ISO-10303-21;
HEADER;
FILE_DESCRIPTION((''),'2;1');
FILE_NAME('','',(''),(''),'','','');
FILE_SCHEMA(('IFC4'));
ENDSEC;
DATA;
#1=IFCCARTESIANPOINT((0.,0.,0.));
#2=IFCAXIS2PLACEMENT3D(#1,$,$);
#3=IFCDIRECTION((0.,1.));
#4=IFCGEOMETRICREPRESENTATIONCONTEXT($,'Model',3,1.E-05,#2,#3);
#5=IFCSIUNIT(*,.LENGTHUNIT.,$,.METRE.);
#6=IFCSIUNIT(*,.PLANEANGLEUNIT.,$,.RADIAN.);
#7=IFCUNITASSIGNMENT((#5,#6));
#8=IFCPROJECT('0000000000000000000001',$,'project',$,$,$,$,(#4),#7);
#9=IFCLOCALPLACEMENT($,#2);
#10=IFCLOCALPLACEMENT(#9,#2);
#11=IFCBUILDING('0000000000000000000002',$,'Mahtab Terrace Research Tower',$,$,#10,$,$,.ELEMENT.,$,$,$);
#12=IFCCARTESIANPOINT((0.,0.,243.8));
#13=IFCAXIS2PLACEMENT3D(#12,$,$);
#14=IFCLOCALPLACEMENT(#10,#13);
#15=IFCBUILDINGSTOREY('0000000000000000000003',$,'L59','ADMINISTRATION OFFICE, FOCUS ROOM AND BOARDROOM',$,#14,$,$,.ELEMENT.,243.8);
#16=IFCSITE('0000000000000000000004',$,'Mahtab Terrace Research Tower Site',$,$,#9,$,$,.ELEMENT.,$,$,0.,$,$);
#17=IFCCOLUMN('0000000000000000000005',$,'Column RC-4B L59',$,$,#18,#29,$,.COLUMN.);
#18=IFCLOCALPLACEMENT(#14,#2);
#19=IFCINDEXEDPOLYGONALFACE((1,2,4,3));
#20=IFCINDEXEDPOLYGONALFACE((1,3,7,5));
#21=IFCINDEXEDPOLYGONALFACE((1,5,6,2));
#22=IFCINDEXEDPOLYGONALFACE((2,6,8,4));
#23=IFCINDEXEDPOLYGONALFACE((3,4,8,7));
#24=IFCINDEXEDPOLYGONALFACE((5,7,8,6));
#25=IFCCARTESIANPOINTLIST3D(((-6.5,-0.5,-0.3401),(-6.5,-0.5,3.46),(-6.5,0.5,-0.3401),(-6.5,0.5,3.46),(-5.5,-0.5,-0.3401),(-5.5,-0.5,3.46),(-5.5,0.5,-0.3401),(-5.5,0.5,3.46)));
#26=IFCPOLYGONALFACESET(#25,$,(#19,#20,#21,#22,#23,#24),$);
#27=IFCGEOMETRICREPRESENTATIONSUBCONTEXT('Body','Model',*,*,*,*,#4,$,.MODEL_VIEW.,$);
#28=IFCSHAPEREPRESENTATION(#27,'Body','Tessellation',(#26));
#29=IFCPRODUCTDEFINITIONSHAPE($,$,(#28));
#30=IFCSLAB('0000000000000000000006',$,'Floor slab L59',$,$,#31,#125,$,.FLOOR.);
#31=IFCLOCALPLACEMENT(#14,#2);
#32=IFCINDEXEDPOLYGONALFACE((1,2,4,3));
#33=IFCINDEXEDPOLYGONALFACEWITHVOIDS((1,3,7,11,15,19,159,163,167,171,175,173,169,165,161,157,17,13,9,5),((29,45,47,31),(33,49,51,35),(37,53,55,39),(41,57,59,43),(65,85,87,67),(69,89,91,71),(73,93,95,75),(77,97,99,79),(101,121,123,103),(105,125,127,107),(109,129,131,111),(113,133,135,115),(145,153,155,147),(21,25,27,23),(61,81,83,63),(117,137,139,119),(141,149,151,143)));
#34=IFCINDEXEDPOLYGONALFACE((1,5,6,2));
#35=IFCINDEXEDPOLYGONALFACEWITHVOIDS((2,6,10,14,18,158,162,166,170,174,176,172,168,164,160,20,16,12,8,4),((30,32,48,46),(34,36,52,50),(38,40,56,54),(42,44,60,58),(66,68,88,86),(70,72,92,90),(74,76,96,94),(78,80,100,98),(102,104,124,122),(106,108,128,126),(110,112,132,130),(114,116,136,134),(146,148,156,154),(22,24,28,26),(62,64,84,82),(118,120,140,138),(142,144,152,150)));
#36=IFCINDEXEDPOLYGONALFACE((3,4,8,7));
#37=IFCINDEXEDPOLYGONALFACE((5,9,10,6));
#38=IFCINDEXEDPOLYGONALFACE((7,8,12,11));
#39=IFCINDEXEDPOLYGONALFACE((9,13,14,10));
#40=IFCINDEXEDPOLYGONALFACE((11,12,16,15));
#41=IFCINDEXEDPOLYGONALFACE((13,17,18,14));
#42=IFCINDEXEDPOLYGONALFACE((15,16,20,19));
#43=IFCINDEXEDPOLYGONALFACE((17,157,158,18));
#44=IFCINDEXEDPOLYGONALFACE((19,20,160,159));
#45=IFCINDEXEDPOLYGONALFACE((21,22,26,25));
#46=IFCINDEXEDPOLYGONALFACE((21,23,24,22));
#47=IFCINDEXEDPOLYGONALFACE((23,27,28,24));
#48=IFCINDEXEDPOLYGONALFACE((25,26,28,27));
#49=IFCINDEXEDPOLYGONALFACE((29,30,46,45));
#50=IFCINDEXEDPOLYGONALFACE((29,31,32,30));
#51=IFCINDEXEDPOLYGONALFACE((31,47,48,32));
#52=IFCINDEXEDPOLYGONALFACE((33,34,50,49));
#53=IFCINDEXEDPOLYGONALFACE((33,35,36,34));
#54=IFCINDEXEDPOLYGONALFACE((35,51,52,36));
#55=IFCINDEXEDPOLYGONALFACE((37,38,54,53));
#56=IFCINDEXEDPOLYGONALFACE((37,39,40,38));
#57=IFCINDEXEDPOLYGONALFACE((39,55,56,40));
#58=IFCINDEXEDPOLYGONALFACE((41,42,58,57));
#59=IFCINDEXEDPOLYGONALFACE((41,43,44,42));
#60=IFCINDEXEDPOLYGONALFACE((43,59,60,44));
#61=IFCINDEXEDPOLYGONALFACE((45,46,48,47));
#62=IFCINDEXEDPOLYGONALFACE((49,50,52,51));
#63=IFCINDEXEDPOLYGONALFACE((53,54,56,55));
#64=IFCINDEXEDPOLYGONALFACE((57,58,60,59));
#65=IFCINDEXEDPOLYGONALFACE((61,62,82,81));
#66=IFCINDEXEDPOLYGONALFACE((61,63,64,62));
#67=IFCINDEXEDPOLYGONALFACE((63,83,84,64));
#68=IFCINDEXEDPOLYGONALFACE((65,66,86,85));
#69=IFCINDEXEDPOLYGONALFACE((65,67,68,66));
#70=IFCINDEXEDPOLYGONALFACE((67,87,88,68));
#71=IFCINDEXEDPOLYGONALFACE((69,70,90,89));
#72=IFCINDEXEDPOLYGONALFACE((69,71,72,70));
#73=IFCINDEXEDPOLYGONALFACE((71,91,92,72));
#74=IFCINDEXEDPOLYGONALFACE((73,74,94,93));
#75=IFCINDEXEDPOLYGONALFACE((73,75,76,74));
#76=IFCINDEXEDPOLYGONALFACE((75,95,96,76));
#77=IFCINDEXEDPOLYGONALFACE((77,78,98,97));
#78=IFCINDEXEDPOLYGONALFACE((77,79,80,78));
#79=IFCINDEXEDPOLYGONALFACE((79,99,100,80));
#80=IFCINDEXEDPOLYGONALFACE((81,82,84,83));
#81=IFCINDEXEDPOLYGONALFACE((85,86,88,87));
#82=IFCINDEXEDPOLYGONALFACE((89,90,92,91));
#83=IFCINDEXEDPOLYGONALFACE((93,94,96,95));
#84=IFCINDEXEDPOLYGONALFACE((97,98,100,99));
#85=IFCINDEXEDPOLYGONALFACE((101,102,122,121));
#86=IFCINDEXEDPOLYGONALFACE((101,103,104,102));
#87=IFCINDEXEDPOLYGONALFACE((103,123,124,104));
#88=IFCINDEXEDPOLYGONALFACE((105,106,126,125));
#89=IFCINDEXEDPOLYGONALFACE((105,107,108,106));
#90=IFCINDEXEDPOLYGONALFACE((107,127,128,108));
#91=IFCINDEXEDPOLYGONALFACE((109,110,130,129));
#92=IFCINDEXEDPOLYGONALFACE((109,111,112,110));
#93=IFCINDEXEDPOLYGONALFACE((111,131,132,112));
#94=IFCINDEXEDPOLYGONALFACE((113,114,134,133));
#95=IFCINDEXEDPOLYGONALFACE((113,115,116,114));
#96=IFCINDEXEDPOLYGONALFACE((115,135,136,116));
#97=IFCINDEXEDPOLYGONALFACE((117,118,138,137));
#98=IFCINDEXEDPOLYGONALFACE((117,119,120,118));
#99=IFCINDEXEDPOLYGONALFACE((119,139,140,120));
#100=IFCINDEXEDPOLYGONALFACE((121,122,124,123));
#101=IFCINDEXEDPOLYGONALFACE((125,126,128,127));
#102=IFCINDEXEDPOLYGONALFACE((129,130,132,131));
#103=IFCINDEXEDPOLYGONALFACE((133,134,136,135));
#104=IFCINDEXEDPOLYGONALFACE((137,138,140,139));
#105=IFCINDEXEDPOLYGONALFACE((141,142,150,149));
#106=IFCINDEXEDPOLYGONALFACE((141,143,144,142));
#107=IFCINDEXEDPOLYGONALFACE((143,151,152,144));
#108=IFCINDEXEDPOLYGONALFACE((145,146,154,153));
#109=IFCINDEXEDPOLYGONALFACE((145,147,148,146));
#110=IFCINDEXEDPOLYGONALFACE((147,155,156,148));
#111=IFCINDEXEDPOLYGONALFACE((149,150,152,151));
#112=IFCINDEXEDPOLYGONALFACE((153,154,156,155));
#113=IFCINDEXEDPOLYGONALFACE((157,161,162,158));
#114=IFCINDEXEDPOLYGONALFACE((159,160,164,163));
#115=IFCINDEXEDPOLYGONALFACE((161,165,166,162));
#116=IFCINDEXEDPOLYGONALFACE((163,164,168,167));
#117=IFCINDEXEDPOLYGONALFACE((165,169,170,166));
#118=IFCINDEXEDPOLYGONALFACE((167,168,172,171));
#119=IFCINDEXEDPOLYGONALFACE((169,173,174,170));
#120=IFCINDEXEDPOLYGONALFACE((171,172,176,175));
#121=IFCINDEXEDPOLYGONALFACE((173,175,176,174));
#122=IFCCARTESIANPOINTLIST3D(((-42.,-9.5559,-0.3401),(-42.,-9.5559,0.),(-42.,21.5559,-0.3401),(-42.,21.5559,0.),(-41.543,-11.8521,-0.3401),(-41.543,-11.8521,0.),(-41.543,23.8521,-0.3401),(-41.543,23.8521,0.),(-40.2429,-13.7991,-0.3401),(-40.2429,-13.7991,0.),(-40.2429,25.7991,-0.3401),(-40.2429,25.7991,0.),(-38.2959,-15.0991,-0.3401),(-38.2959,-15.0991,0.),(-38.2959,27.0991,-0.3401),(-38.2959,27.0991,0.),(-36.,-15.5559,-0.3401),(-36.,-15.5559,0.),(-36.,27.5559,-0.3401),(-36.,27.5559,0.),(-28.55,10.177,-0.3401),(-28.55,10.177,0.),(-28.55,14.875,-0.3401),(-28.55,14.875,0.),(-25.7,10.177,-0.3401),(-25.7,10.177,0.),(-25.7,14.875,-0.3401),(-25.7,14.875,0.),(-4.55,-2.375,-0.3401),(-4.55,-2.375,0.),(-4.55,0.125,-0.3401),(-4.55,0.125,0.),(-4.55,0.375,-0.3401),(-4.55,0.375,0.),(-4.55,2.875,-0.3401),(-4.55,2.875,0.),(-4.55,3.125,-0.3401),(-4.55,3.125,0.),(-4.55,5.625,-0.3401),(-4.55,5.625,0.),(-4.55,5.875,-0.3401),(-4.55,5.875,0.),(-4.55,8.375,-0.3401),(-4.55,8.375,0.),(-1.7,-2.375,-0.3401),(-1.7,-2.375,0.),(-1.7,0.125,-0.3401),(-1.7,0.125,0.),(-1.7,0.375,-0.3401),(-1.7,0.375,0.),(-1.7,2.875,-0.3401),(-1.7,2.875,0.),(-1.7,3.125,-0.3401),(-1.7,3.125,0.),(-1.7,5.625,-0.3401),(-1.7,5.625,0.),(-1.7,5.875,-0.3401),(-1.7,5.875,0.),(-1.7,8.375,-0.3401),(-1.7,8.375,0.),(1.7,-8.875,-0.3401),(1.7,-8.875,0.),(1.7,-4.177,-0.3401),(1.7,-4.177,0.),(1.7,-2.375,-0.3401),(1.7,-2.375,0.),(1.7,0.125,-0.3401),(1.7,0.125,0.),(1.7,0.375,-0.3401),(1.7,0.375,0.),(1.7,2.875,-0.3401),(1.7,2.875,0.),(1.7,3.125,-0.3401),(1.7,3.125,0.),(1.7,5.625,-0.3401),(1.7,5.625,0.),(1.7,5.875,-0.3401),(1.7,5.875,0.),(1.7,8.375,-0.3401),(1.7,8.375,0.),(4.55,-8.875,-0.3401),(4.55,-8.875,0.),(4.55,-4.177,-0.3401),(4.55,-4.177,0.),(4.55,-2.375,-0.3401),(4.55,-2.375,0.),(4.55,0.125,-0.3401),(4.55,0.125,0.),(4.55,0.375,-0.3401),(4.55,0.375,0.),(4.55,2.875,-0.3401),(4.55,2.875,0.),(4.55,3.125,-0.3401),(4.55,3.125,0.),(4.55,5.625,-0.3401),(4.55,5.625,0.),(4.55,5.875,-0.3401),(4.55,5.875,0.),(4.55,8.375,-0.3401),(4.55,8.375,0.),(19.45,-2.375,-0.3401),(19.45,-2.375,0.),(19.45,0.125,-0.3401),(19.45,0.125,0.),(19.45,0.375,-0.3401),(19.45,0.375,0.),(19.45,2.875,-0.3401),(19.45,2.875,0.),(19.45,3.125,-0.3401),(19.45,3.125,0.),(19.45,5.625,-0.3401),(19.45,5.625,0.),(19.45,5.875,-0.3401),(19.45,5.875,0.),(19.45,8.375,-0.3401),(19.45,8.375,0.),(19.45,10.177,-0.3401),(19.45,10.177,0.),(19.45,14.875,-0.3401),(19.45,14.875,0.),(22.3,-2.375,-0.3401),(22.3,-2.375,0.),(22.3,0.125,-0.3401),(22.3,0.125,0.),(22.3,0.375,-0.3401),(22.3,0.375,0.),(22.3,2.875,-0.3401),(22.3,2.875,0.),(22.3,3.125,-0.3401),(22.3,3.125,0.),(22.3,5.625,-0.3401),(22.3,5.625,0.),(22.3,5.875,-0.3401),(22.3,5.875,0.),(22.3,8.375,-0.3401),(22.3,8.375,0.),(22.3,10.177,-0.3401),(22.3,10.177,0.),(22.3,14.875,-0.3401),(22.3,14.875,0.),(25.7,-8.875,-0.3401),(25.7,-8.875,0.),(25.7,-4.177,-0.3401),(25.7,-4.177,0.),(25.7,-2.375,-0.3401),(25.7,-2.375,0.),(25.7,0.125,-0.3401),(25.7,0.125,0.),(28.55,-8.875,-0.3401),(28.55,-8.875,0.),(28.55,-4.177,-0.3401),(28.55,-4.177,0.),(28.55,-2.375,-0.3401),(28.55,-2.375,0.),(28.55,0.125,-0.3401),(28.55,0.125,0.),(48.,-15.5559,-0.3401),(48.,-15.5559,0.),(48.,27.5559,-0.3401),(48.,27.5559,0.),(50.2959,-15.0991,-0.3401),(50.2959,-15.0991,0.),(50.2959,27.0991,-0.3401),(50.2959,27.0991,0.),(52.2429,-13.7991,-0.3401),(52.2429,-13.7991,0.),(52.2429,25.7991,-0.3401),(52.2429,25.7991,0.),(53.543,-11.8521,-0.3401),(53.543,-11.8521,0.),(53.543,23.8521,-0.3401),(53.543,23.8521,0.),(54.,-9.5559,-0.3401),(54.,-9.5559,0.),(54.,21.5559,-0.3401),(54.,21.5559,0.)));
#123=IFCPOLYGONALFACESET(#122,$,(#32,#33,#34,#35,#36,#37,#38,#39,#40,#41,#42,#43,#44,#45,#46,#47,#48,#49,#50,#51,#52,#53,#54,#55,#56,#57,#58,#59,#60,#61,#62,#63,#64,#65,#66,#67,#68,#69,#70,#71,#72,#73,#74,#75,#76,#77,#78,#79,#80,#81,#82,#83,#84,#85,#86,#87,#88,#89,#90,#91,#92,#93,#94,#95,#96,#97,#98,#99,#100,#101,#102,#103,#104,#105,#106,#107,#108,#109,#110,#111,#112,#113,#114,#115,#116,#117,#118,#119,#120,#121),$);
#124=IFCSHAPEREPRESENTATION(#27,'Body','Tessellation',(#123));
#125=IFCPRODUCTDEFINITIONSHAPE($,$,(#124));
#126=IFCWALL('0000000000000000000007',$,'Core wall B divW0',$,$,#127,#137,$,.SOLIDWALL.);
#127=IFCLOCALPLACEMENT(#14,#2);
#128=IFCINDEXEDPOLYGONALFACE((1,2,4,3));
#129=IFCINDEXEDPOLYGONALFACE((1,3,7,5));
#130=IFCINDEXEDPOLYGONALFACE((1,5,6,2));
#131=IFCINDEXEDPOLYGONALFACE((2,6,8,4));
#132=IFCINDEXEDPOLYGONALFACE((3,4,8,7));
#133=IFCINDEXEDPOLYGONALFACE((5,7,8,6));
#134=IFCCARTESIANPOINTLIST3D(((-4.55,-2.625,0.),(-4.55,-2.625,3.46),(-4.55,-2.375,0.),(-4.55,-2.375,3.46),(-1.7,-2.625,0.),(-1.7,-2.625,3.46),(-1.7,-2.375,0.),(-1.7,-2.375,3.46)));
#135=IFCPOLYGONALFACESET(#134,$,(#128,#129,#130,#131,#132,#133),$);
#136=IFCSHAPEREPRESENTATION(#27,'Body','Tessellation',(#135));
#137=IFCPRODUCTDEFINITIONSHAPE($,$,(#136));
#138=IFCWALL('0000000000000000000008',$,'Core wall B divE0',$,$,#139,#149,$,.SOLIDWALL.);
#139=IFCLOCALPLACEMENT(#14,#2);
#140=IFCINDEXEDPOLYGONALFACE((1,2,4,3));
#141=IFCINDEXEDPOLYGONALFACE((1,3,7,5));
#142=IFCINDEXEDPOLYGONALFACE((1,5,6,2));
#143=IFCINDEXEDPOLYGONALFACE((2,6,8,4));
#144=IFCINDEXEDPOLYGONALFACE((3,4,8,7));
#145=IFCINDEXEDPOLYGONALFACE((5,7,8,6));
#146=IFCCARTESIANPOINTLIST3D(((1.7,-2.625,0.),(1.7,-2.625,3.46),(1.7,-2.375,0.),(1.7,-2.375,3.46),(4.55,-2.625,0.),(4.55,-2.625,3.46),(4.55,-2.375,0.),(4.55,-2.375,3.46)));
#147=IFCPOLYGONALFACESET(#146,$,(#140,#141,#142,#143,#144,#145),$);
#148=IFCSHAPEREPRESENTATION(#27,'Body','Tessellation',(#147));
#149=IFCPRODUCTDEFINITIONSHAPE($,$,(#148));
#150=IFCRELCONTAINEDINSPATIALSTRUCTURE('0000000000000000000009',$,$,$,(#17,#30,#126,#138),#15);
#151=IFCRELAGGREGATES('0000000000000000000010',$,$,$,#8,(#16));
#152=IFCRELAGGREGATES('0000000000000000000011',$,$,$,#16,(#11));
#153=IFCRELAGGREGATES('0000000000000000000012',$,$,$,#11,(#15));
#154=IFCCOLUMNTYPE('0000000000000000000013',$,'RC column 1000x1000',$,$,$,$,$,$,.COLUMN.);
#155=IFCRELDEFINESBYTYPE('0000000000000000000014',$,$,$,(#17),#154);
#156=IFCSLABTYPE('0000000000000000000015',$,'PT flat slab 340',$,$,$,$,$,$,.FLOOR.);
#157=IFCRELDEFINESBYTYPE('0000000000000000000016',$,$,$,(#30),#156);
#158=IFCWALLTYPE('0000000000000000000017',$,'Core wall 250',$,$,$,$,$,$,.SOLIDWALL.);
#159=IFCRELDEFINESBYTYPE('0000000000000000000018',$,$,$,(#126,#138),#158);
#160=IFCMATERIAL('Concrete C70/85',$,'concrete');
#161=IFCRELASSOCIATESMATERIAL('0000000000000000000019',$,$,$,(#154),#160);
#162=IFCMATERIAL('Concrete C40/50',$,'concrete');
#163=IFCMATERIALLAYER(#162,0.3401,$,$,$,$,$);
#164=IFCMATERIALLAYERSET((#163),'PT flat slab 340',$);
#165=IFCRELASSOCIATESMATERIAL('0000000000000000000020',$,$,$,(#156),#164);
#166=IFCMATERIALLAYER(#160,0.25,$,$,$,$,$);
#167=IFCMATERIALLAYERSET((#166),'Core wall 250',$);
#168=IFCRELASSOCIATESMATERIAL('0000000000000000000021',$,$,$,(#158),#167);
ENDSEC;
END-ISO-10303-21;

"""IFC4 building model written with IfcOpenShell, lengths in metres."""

from ifc_helpers import new_model, si_unit, direction, frame, frame_2d, origin, origin_2d, place, context, subcontext, project, spatial, polyline, rectangle, outline, extrude, material, layer, layer_set, material_profile, profile_set, type_object, element, save


model = new_model("IFC4")

# Units and contexts
model_context = context("Model", 3, precision=1e-05, world=origin(), true_north=direction((0.0, 1.0)))
body_context = subcontext(model_context, "Body", "Model", "MODEL_VIEW")
ifc_project = project(units=[si_unit("LENGTHUNIT", "METRE"), si_unit("PLANEANGLEUNIT", "RADIAN")], contexts=[model_context])

# Site, building, storey
site_placement = place(None, origin())
site = spatial("IfcSite", under=ifc_project, at=site_placement, Name="Mahtab Terrace Research Tower Site", CompositionType="ELEMENT", RefElevation=0.0)
building_placement = place(site_placement, origin())
building = spatial("IfcBuilding", under=site, at=building_placement, Name="Mahtab Terrace Research Tower", CompositionType="ELEMENT")
storey_placement = place(building_placement, frame((0.0, 0.0, 243.8)))
storey = spatial("IfcBuildingStorey", under=building, at=storey_placement, Name="L59", Description="ADMINISTRATION OFFICE, FOCUS ROOM AND BOARDROOM", CompositionType="ELEMENT", Elevation=243.8)

# Column
ifc_material_1 = material(Name="Concrete C70/85", Category="concrete")
ifc_material_profile = material_profile(ifc_material_1, rectangle(XDim=1.0, YDim=1.0, at=origin_2d()), Name="RC column 1000x1000")
ifc_profile_set = profile_set([ifc_material_profile], Name="Concrete C70/85")
column_type = type_object("IfcColumnType", Name="RC column 1000x1000", PredefinedType="COLUMN", material=ifc_profile_set)
column_placement = place(storey_placement, frame((-6.0, 0.0, -0.3401), z_axis=(0.0, 0.0, 1.0), x_axis=(1.0, 0.0, 0.0)))
element("IfcColumn", 1, at=column_placement, inside=storey, type_object=column_type, Name="Column RC-4B L59", PredefinedType="COLUMN", context=body_context, shape_type="SweptSolid", body=[
    extrude(rectangle(XDim=1.0, YDim=1.0, at=origin_2d()), origin(), (0.0, 0.0, 1.0), 3.8),
])

# Slab
ifc_material_2 = material(Name="Concrete C40/50", Category="concrete")
ifc_layer_1 = layer(ifc_material_2, 0.3401)
ifc_layer_set_1 = layer_set([ifc_layer_1], Name="PT flat slab 340")
slab_type = type_object("IfcSlabType", Name="PT flat slab 340", PredefinedType="FLOOR", material=ifc_layer_set_1)
slab_placement = place(storey_placement, frame((0.0, 0.0, -0.3401)))
element("IfcSlab", 2, at=slab_placement, inside=storey, type_object=slab_type, Name="Floor slab L59", PredefinedType="FLOOR", context=body_context, shape_type="SweptSolid", body=[
    extrude(outline(polyline([(53.543, 23.8521), (52.2429, 25.7991), (50.2959, 27.0991), (48.0, 27.5559), (-36.0, 27.5559), (-38.2959, 27.0991), (-40.2429, 25.7991), (-41.543, 23.8521), (-42.0, 21.5559), (-42.0, -9.5559), (-41.543, -11.8521), (-40.2429, -13.7991), (-38.2959, -15.0991), (-36.0, -15.5559), (48.0, -15.5559), (50.2959, -15.0991), (52.2429, -13.7991), (53.543, -11.8521), (54.0, -9.5559), (54.0, 21.5559), (53.543, 23.8521)]), holes=[polyline([(-4.55, -2.375), (-4.55, 0.125), (-1.7, 0.125), (-1.7, -2.375), (-4.55, -2.375)]), polyline([(1.7, -2.375), (1.7, 0.125), (4.55, 0.125), (4.55, -2.375), (1.7, -2.375)]), polyline([(-4.55, 0.375), (-4.55, 2.875), (-1.7, 2.875), (-1.7, 0.375), (-4.55, 0.375)]), polyline([(1.7, 0.375), (1.7, 2.875), (4.55, 2.875), (4.55, 0.375), (1.7, 0.375)]), polyline([(-4.55, 3.125), (-4.55, 5.625), (-1.7, 5.625), (-1.7, 3.125), (-4.55, 3.125)]), polyline([(1.7, 3.125), (1.7, 5.625), (4.55, 5.625), (4.55, 3.125), (1.7, 3.125)]), polyline([(-4.55, 5.875), (-4.55, 8.375), (-1.7, 8.375), (-1.7, 5.875), (-4.55, 5.875)]), polyline([(1.7, 5.875), (1.7, 8.375), (4.55, 8.375), (4.55, 5.875), (1.7, 5.875)]), polyline([(-28.55, 10.177), (-28.55, 14.875), (-25.7, 14.875), (-25.7, 10.177), (-28.55, 10.177)]), polyline([(1.7, -8.875), (1.7, -4.177), (4.55, -4.177), (4.55, -8.875), (1.7, -8.875)]), polyline([(25.7, -8.875), (25.7, -4.177), (28.55, -4.177), (28.55, -8.875), (25.7, -8.875)]), polyline([(19.45, -2.375), (19.45, 0.125), (22.3, 0.125), (22.3, -2.375), (19.45, -2.375)]), polyline([(25.7, -2.375), (25.7, 0.125), (28.55, 0.125), (28.55, -2.375), (25.7, -2.375)]), polyline([(19.45, 0.375), (19.45, 2.875), (22.3, 2.875), (22.3, 0.375), (19.45, 0.375)]), polyline([(19.45, 3.125), (19.45, 5.625), (22.3, 5.625), (22.3, 3.125), (19.45, 3.125)]), polyline([(19.45, 8.375), (22.3, 8.375), (22.3, 5.875), (19.45, 5.875), (19.45, 8.375)]), polyline([(19.45, 14.875), (22.3, 14.875), (22.3, 10.177), (19.45, 10.177), (19.45, 14.875)])]), origin(), (0.0, 0.0, 1.0), 0.3401),
])

# Walls
ifc_layer_2 = layer(ifc_material_1, 0.25)
ifc_layer_set_2 = layer_set([ifc_layer_2], Name="Core wall 250")
wall_type = type_object("IfcWallType", Name="Core wall 250", PredefinedType="SOLIDWALL", material=ifc_layer_set_2)
for number, where, z_axis, x_axis, name in (
    (3, (-4.55, -2.5, 0.0), (0.0, 0.0, 1.0), (1.0, 0.0, 0.0), "Core wall B divW0"),
    (4, (1.7, -2.5, 0.0), (0.0, 0.0, 1.0), (1.0, 0.0, 0.0), "Core wall B divE0"),
):
    element("IfcWall", number, at=place(storey_placement, frame(where, z_axis=z_axis, x_axis=x_axis)), inside=storey, type_object=wall_type, Name=name, PredefinedType="SOLIDWALL", context=body_context, shape_type="SweptSolid", body=[
        extrude(rectangle(XDim=2.8501, YDim=0.25, at=frame_2d((1.425, 0.0))), origin(), (0.0, 0.0, 1.0), 3.46),
    ])

save(model, "model.ifc")
